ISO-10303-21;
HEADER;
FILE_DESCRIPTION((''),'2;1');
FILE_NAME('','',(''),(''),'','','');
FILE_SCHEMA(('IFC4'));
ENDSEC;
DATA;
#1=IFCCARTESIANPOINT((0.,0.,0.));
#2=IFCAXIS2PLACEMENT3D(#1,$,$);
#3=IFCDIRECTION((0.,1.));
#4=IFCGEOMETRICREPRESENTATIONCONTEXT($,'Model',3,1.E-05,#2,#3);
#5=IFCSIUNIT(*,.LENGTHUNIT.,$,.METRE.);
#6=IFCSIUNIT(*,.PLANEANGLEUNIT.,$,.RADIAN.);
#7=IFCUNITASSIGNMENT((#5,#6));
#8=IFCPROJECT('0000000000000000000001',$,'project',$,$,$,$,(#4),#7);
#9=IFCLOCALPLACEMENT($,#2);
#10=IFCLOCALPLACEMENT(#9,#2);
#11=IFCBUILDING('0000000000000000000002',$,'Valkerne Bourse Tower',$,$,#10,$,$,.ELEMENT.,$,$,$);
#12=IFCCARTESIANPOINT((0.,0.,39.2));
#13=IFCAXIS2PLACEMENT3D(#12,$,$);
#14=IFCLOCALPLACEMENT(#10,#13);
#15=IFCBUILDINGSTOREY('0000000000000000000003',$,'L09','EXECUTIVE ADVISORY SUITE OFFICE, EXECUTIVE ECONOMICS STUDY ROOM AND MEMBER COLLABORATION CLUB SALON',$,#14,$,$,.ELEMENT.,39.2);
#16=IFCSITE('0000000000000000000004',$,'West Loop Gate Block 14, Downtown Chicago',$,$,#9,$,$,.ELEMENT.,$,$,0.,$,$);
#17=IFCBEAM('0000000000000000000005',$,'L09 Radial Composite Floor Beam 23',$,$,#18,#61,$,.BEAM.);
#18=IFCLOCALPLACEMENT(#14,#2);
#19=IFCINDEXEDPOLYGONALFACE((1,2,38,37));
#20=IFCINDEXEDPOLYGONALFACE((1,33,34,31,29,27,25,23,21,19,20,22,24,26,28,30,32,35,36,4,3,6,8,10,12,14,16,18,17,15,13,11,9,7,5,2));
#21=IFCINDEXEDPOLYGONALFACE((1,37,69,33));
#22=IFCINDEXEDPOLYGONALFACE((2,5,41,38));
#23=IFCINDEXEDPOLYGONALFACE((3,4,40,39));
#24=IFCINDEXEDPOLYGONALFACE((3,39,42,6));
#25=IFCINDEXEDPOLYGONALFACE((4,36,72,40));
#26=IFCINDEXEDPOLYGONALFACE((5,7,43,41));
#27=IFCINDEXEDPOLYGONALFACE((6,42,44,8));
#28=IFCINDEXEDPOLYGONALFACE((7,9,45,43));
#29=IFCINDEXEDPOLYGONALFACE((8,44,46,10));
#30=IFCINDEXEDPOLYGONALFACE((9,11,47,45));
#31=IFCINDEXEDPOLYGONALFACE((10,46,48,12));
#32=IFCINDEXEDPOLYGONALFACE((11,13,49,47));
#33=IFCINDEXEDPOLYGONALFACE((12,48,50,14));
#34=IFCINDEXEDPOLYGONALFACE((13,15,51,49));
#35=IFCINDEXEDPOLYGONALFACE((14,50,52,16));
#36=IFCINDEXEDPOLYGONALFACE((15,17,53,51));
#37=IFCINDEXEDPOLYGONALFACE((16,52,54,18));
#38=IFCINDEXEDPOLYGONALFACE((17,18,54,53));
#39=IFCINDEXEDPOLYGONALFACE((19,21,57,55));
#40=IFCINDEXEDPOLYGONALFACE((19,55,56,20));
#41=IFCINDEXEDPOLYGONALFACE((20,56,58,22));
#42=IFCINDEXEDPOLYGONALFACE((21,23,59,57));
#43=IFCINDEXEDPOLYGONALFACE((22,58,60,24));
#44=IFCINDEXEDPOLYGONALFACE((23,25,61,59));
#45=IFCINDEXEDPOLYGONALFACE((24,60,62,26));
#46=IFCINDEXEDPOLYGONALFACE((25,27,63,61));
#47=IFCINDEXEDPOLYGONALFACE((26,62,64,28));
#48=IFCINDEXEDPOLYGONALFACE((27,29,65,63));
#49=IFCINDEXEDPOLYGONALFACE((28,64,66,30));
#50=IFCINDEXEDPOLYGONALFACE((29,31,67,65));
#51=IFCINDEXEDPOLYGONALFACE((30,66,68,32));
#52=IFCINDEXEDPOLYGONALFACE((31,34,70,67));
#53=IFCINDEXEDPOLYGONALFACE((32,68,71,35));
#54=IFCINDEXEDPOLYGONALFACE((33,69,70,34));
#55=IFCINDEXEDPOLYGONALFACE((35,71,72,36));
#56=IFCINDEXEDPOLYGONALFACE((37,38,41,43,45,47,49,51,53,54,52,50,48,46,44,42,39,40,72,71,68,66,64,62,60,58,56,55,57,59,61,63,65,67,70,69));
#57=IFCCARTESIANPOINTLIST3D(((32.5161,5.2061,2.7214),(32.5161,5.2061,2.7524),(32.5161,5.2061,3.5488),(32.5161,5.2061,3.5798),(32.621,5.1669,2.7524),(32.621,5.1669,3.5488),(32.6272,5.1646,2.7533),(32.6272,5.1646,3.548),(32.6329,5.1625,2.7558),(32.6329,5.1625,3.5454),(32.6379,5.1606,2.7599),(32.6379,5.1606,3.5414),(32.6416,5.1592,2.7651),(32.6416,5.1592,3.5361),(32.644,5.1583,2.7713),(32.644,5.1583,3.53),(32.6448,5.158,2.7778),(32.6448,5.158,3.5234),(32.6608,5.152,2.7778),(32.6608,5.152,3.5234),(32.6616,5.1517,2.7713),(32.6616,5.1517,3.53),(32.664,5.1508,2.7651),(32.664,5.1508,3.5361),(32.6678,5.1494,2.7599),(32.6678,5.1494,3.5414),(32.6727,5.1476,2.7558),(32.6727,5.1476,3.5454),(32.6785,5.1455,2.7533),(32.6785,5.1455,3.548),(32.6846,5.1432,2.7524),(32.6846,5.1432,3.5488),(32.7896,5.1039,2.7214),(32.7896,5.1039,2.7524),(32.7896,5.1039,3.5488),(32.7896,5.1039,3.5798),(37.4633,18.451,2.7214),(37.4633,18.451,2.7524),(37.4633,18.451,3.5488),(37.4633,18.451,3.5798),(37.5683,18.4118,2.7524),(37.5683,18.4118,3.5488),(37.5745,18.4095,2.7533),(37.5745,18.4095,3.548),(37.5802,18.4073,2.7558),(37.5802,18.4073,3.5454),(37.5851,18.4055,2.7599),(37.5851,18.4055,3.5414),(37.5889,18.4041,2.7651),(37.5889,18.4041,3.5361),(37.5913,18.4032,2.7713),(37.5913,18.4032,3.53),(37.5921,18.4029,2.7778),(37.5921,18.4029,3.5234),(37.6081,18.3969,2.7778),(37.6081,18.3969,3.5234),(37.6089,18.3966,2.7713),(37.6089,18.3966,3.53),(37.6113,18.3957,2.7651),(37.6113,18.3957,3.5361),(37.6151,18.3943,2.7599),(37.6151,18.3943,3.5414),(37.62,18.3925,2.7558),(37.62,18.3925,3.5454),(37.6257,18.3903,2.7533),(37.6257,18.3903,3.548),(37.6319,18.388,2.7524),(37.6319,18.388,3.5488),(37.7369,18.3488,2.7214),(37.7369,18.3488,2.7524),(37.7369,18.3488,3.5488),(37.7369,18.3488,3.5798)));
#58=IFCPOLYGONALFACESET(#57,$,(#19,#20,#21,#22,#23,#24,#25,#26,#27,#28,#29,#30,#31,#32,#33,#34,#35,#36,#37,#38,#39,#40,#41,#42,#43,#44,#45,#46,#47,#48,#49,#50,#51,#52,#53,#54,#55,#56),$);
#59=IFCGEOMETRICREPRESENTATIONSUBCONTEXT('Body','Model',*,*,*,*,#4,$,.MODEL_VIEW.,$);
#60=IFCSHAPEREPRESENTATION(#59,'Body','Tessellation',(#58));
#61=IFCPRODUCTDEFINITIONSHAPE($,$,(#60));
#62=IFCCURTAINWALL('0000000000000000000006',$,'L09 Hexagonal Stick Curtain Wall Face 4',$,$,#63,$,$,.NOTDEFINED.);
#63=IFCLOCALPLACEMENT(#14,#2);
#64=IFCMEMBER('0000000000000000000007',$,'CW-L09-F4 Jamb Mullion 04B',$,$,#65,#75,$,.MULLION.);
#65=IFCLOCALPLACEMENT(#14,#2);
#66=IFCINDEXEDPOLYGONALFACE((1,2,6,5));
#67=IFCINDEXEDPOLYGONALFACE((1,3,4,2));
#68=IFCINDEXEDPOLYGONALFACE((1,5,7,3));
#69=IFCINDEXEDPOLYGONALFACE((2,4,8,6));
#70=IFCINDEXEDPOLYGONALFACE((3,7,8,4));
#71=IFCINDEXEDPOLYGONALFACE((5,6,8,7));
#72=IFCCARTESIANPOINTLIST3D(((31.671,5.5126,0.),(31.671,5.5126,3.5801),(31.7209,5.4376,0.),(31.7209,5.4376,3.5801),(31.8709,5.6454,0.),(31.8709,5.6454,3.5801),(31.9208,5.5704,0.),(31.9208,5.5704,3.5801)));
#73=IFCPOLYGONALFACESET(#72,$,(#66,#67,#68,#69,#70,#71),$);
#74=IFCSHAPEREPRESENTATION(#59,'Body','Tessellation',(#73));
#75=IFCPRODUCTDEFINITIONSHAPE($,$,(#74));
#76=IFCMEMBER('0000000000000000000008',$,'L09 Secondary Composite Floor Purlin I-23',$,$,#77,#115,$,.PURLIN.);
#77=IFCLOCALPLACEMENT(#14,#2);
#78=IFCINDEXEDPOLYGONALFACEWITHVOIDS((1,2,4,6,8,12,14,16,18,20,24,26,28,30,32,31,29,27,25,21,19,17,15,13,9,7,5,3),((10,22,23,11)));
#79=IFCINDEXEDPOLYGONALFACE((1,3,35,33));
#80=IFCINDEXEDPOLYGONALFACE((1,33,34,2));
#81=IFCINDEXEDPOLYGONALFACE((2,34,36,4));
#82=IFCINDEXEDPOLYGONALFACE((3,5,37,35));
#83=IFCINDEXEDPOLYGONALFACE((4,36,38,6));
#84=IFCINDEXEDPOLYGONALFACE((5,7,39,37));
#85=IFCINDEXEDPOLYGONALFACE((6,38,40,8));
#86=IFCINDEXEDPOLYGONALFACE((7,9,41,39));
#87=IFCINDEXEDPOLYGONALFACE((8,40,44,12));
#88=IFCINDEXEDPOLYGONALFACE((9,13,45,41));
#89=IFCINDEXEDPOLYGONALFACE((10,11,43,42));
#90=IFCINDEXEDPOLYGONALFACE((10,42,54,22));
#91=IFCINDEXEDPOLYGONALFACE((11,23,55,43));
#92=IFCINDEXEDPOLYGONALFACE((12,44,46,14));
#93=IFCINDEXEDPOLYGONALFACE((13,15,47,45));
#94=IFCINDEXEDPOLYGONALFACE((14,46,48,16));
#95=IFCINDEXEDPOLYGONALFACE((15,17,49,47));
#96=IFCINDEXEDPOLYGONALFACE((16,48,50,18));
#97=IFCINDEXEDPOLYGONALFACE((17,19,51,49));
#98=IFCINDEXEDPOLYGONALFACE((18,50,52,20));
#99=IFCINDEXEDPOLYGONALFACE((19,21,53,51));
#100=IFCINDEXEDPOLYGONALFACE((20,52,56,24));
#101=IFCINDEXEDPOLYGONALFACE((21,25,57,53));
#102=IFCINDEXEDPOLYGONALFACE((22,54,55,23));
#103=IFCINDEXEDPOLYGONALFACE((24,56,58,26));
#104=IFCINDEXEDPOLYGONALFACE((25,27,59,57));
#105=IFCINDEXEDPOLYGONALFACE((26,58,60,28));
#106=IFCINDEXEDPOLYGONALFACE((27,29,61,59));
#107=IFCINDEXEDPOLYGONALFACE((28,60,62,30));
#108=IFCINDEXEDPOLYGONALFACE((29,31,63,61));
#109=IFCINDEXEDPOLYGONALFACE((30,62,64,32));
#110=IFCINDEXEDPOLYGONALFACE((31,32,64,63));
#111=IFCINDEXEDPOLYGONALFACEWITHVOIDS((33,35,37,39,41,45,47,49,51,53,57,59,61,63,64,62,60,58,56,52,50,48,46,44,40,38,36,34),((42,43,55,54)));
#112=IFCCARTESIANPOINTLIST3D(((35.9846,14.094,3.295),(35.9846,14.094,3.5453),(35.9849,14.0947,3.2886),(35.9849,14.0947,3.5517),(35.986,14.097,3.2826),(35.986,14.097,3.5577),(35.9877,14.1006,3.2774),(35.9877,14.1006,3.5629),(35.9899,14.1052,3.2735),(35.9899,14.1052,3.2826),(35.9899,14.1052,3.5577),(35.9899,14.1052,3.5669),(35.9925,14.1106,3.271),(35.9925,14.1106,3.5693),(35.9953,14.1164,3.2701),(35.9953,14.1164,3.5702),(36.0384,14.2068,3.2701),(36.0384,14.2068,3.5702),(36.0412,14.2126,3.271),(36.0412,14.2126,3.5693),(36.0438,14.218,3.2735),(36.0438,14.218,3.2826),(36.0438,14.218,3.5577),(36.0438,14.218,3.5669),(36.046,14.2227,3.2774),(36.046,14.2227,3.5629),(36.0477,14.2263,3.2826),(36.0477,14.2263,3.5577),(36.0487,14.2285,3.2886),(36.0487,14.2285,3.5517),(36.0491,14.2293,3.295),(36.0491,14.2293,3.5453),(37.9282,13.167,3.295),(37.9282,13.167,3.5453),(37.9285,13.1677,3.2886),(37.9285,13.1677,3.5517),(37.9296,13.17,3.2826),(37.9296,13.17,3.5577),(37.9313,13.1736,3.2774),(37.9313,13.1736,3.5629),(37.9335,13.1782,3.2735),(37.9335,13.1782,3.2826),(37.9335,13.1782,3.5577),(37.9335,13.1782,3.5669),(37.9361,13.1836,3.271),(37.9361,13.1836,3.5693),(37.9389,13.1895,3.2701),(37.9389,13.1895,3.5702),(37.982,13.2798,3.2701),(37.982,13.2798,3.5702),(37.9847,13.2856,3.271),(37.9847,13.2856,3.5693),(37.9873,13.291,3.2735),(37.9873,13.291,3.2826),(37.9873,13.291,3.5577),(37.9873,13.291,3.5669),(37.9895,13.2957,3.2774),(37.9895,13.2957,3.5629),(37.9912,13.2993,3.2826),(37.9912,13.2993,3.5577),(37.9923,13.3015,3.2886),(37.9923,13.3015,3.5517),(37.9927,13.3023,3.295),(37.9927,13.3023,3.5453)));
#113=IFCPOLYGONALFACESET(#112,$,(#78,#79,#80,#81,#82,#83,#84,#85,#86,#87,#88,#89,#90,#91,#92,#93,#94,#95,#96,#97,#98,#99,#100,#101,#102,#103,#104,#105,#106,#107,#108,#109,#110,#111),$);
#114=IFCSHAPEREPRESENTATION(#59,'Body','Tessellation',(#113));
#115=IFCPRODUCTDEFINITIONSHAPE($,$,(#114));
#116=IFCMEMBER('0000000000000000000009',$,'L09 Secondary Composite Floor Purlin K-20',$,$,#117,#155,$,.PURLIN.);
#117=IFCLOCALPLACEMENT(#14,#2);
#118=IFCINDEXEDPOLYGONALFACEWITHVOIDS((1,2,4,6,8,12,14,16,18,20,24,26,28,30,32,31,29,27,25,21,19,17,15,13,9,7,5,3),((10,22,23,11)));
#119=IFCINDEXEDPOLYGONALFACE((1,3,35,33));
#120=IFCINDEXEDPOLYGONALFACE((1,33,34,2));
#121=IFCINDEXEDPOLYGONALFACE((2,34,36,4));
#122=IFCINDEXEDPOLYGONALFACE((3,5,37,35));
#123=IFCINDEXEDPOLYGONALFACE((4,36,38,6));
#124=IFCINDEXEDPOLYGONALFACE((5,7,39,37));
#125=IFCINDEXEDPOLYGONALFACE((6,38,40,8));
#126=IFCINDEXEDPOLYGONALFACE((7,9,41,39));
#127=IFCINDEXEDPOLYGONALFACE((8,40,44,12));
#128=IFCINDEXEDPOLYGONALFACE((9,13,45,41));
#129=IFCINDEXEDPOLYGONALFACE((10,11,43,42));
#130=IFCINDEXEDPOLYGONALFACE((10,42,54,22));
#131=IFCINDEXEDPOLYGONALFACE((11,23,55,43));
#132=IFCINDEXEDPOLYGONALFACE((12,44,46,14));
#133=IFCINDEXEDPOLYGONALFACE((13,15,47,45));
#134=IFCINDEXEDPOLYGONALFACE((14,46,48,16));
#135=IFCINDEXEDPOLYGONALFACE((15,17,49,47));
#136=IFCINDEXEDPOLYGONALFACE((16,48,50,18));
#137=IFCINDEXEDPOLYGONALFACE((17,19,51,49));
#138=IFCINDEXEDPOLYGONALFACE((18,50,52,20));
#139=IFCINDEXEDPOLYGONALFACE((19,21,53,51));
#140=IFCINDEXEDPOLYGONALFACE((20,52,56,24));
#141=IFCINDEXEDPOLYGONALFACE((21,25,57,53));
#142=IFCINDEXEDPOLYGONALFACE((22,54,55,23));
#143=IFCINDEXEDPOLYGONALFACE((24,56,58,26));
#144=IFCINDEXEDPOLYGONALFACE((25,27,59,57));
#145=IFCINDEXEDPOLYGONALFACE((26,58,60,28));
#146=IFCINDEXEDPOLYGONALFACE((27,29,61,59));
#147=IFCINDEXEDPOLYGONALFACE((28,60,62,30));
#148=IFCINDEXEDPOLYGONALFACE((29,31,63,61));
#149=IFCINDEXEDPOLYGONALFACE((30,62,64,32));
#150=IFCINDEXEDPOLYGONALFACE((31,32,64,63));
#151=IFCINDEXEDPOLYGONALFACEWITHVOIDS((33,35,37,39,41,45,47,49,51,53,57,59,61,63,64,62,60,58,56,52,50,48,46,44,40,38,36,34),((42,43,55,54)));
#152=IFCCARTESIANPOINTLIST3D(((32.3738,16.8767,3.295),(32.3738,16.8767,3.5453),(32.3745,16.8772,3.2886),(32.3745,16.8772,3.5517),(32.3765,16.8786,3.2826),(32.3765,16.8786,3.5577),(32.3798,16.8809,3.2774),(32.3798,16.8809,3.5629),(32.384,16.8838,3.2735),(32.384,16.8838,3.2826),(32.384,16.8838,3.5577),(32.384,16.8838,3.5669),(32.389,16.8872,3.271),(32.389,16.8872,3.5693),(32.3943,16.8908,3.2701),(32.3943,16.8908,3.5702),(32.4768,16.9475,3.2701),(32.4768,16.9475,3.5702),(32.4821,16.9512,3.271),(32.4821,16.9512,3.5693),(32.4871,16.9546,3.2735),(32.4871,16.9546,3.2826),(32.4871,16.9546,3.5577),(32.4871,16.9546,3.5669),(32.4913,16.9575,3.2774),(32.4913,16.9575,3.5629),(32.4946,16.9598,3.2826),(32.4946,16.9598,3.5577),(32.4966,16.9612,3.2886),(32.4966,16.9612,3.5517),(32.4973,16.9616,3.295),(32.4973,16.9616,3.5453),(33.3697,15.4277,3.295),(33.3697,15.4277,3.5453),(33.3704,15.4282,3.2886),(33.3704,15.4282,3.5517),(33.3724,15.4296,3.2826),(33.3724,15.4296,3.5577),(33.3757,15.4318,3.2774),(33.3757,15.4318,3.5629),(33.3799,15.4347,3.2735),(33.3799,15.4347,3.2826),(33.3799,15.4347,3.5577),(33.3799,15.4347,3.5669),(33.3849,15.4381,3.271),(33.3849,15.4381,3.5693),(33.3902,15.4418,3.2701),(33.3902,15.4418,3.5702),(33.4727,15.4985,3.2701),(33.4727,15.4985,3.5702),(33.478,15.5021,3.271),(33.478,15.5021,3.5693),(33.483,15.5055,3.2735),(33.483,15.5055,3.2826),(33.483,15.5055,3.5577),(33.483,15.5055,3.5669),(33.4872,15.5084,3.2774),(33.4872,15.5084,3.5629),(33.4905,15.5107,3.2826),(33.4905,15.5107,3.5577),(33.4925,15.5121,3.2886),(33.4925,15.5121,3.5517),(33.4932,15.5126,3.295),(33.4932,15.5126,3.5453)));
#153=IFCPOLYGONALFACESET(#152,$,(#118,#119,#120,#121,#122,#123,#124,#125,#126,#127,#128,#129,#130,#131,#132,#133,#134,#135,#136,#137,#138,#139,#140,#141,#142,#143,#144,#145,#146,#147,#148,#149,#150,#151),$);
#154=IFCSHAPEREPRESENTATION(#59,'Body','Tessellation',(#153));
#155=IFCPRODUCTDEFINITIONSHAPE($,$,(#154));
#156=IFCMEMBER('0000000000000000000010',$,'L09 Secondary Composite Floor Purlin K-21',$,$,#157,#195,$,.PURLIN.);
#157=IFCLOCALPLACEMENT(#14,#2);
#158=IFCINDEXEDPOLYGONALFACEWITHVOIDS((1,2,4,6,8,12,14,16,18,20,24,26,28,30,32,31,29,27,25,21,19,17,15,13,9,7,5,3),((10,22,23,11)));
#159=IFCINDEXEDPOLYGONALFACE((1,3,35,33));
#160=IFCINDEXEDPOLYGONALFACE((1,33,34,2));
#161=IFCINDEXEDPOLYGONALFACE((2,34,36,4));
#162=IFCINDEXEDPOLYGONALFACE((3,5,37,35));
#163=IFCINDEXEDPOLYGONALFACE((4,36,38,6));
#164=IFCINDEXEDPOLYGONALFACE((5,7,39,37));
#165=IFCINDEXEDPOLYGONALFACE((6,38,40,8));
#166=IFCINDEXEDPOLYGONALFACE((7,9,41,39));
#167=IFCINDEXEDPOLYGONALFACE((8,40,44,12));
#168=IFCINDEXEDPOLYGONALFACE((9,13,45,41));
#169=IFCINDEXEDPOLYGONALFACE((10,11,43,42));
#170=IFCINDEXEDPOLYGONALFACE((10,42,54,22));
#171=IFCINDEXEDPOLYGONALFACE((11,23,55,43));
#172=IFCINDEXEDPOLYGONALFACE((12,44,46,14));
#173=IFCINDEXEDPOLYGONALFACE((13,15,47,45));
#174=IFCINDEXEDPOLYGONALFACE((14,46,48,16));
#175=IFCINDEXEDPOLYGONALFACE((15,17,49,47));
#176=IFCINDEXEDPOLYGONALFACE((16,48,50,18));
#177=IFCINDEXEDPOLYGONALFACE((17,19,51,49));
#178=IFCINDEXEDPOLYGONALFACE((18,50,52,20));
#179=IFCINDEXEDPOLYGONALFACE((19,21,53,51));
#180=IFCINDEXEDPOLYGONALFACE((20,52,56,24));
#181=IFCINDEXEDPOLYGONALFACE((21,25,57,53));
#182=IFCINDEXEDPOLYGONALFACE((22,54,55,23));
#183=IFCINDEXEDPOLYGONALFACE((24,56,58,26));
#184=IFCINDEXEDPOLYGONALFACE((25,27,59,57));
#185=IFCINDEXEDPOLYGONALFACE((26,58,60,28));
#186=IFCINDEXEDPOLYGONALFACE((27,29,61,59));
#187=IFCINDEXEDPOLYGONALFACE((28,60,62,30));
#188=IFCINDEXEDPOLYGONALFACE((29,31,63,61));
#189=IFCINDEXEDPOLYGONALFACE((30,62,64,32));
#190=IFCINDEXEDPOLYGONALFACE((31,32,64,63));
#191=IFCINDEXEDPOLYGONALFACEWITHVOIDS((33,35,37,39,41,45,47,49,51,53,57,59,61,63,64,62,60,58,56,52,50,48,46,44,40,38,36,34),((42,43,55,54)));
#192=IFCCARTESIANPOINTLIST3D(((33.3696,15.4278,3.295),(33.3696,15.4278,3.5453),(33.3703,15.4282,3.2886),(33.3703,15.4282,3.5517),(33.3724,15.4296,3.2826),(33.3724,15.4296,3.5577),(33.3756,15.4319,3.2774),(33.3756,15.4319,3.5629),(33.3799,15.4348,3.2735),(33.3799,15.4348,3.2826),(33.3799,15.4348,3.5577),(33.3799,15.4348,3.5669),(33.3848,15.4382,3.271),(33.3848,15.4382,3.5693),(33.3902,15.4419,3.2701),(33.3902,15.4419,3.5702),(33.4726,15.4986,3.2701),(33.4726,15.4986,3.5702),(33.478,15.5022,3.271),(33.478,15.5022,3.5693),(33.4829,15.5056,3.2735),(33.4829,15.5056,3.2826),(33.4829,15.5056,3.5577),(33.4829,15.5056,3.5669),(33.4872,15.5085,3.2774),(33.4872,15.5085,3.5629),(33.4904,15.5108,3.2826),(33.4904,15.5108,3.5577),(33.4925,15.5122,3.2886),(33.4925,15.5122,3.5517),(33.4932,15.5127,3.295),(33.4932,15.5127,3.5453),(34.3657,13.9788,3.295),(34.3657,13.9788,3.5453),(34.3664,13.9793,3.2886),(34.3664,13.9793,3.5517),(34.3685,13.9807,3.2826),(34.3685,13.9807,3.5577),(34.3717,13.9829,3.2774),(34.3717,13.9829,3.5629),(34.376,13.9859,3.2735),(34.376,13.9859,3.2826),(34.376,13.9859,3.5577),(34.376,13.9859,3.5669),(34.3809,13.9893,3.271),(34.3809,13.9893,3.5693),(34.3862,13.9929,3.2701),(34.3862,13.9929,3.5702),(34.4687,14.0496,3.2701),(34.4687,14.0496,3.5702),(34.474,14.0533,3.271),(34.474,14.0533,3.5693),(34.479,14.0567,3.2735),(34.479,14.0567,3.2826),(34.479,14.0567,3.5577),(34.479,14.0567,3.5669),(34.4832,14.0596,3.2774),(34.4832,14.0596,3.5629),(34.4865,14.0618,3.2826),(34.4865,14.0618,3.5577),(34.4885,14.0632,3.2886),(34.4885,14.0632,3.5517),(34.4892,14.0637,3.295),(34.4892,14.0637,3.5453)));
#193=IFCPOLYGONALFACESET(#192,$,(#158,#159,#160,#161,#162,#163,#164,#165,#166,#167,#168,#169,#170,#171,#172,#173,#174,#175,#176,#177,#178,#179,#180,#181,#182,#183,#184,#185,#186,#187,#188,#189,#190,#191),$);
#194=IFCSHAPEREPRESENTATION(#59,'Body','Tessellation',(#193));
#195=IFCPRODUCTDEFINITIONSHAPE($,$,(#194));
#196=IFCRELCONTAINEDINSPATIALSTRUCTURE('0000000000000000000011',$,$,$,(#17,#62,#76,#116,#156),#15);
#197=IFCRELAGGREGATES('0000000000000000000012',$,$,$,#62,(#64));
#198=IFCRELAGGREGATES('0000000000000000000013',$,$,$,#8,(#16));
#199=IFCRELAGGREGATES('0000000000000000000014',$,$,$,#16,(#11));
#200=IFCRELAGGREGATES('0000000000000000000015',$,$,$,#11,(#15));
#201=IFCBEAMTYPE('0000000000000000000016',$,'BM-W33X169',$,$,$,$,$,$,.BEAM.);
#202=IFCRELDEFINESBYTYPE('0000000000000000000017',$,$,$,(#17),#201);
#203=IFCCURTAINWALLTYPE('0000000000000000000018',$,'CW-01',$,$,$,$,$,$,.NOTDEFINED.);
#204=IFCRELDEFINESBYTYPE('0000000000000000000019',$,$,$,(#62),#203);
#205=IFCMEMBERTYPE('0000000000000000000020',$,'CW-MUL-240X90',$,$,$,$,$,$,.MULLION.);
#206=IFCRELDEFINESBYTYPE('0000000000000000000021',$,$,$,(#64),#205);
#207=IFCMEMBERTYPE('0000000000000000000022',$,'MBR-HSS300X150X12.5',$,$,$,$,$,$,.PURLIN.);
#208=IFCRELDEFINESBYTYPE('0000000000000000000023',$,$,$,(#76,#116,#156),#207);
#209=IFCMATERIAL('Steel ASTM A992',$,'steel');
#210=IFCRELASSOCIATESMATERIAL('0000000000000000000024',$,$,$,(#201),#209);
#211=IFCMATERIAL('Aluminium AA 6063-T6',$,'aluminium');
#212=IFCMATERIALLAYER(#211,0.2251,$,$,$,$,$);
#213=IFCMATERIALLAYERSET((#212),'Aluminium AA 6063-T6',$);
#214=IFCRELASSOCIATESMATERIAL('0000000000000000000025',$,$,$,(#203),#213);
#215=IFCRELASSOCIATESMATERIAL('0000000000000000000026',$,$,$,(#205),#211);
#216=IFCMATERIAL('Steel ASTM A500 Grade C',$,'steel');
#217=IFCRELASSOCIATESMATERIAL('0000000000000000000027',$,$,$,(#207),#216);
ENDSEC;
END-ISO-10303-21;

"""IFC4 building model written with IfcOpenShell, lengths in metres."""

from ifc_helpers import new_model, si_unit, direction, frame, origin, origin_2d, place, context, subcontext, project, spatial, rectangle, hollow_rectangle, i_section, extrude, material, layer, layer_set, material_profile, profile_set, type_object, element, aggregate, save


model = new_model("IFC4")

# Units and contexts
model_context = context("Model", 3, precision=1e-05, world=origin(), true_north=direction((0.0, 1.0)))
body_context = subcontext(model_context, "Body", "Model", "MODEL_VIEW")
ifc_project = project(units=[si_unit("LENGTHUNIT", "METRE"), si_unit("PLANEANGLEUNIT", "RADIAN")], contexts=[model_context])

# Site, building, storey
site_placement = place(None, origin())
site = spatial("IfcSite", under=ifc_project, at=site_placement, Name="West Loop Gate Block 14, Downtown Chicago", CompositionType="ELEMENT", RefElevation=0.0)
building_placement = place(site_placement, origin())
building = spatial("IfcBuilding", under=site, at=building_placement, Name="Valkerne Bourse Tower", CompositionType="ELEMENT")
storey_placement = place(building_placement, frame((0.0, 0.0, 39.2)))
storey = spatial("IfcBuildingStorey", under=building, at=storey_placement, Name="L09", Description="EXECUTIVE ADVISORY SUITE OFFICE, EXECUTIVE ECONOMICS STUDY ROOM AND MEMBER COLLABORATION CLUB SALON", CompositionType="ELEMENT", Elevation=39.2)

# Beam
ifc_material_1 = material(Name="Steel ASTM A992", Category="steel")
ifc_material_profile_1 = material_profile(ifc_material_1, i_section(OverallWidth=0.292, OverallDepth=0.8584, WebThickness=0.0171, FlangeThickness=0.031, FilletRadius=0.0254, at=origin_2d()), Name="W33X169")
ifc_profile_set_1 = profile_set([ifc_material_profile_1], Name="Steel ASTM A992")
beam_type_1 = type_object("IfcBeamType", Name="BM-W33X169", PredefinedType="BEAM", material=ifc_profile_set_1)
beam_1_placement = place(storey_placement, frame((32.6528, 5.155, 3.1506), z_axis=(0.34991, 0.936783, 0.0), x_axis=(-0.936783, 0.34991, 0.0)))
element("IfcBeam", 1, at=beam_1_placement, inside=storey, type_object=beam_type_1, Name="L09 Radial Composite Floor Beam 23", PredefinedType="BEAM", context=body_context, shape_type="SweptSolid", body=[
    extrude(i_section(OverallWidth=0.292, OverallDepth=0.8584, WebThickness=0.0171, FlangeThickness=0.031, FilletRadius=0.0254, at=origin_2d()), origin(), (0.0, 0.0, 1.0), 14.1387),
])

# Curtain wall, member
ifc_material_2 = material(Name="Aluminium AA 6063-T6", Category="aluminium")
ifc_layer_1 = layer(ifc_material_2, 0.2251)
ifc_layer_set_1 = layer_set([ifc_layer_1], Name="Aluminium AA 6063-T6")
curtain_wall_type = type_object("IfcCurtainWallType", Name="CW-01", PredefinedType="NOTDEFINED", material=ifc_layer_set_1)
curtain_wall_placement = place(storey_placement, origin())
curtain_wall = element("IfcCurtainWall", 2, at=curtain_wall_placement, inside=storey, type_object=curtain_wall_type, Name="L09 Hexagonal Stick Curtain Wall Face 4", PredefinedType="NOTDEFINED")
ifc_material_profile_2 = material_profile(ifc_material_2, rectangle(XDim=0.0901, YDim=0.24, at=origin_2d()), Name="CWM-90X240")
ifc_profile_set_2 = profile_set([ifc_material_profile_2], Name="Aluminium AA 6063-T6")
member_type_1 = type_object("IfcMemberType", Name="CW-MUL-240X90", PredefinedType="MULLION", material=ifc_profile_set_2)
member_1_placement = place(storey_placement, frame((31.7959, 5.5415, 0.0), z_axis=(0.0, 0.0, 1.0), x_axis=(0.553377, -0.832931, 0.0)))
member_1 = element("IfcMember", 3, at=member_1_placement, type_object=member_type_1, Name="CW-L09-F4 Jamb Mullion 04B", PredefinedType="MULLION", context=body_context, shape_type="SweptSolid", body=[
    extrude(rectangle(XDim=0.0901, YDim=0.24, at=origin_2d()), origin(), (0.0, 0.0, 1.0), 3.5801),
])

# Members
ifc_material_3 = material(Name="Steel ASTM A500 Grade C", Category="steel")
ifc_material_profile_3 = material_profile(ifc_material_3, hollow_rectangle(XDim=0.1499, YDim=0.3, WallThickness=0.0125, OuterFilletRadius=0.0249, at=origin_2d()), Name="HSS300X150X12.5")
ifc_profile_set_3 = profile_set([ifc_material_profile_3], Name="Steel ASTM A500 Grade C")
member_type_2 = type_object("IfcMemberType", Name="MBR-HSS300X150X12.5", PredefinedType="PURLIN", material=ifc_profile_set_3)
member_2_placement = place(storey_placement, frame((36.0168, 14.1616, 3.4202), z_axis=(0.902594, -0.430492, 0.0), x_axis=(0.430492, 0.902594, 0.0)))
element("IfcMember", 4, at=member_2_placement, inside=storey, type_object=member_type_2, Name="L09 Secondary Composite Floor Purlin I-23", PredefinedType="PURLIN", context=body_context, shape_type="SweptSolid", body=[
    extrude(hollow_rectangle(XDim=0.1499, YDim=0.3, WallThickness=0.0125, OuterFilletRadius=0.0249, at=origin_2d()), origin(), (0.0, 0.0, 1.0), 2.1533),
])
for number, where, z_axis, x_axis, name in (
    (5, (32.4355, 16.9192, 3.4202), (0.566405, -0.824127, 0.0), (0.824127, 0.566405, 0.0), "L09 Secondary Composite Floor Purlin K-20"),
    (6, (33.4314, 15.4702, 3.4202), (0.566499, -0.824062, 0.0), (0.824062, 0.566499, 0.0), "L09 Secondary Composite Floor Purlin K-21"),
):
    element("IfcMember", number, at=place(storey_placement, frame(where, z_axis=z_axis, x_axis=x_axis)), inside=storey, type_object=member_type_2, Name=name, PredefinedType="PURLIN", context=body_context, shape_type="SweptSolid", body=[
        extrude(hollow_rectangle(XDim=0.1499, YDim=0.3, WallThickness=0.0125, OuterFilletRadius=0.0249, at=origin_2d()), origin(), (0.0, 0.0, 1.0), 1.7583),
    ])

aggregate(curtain_wall, [member_1])

save(model, "model.ifc")
